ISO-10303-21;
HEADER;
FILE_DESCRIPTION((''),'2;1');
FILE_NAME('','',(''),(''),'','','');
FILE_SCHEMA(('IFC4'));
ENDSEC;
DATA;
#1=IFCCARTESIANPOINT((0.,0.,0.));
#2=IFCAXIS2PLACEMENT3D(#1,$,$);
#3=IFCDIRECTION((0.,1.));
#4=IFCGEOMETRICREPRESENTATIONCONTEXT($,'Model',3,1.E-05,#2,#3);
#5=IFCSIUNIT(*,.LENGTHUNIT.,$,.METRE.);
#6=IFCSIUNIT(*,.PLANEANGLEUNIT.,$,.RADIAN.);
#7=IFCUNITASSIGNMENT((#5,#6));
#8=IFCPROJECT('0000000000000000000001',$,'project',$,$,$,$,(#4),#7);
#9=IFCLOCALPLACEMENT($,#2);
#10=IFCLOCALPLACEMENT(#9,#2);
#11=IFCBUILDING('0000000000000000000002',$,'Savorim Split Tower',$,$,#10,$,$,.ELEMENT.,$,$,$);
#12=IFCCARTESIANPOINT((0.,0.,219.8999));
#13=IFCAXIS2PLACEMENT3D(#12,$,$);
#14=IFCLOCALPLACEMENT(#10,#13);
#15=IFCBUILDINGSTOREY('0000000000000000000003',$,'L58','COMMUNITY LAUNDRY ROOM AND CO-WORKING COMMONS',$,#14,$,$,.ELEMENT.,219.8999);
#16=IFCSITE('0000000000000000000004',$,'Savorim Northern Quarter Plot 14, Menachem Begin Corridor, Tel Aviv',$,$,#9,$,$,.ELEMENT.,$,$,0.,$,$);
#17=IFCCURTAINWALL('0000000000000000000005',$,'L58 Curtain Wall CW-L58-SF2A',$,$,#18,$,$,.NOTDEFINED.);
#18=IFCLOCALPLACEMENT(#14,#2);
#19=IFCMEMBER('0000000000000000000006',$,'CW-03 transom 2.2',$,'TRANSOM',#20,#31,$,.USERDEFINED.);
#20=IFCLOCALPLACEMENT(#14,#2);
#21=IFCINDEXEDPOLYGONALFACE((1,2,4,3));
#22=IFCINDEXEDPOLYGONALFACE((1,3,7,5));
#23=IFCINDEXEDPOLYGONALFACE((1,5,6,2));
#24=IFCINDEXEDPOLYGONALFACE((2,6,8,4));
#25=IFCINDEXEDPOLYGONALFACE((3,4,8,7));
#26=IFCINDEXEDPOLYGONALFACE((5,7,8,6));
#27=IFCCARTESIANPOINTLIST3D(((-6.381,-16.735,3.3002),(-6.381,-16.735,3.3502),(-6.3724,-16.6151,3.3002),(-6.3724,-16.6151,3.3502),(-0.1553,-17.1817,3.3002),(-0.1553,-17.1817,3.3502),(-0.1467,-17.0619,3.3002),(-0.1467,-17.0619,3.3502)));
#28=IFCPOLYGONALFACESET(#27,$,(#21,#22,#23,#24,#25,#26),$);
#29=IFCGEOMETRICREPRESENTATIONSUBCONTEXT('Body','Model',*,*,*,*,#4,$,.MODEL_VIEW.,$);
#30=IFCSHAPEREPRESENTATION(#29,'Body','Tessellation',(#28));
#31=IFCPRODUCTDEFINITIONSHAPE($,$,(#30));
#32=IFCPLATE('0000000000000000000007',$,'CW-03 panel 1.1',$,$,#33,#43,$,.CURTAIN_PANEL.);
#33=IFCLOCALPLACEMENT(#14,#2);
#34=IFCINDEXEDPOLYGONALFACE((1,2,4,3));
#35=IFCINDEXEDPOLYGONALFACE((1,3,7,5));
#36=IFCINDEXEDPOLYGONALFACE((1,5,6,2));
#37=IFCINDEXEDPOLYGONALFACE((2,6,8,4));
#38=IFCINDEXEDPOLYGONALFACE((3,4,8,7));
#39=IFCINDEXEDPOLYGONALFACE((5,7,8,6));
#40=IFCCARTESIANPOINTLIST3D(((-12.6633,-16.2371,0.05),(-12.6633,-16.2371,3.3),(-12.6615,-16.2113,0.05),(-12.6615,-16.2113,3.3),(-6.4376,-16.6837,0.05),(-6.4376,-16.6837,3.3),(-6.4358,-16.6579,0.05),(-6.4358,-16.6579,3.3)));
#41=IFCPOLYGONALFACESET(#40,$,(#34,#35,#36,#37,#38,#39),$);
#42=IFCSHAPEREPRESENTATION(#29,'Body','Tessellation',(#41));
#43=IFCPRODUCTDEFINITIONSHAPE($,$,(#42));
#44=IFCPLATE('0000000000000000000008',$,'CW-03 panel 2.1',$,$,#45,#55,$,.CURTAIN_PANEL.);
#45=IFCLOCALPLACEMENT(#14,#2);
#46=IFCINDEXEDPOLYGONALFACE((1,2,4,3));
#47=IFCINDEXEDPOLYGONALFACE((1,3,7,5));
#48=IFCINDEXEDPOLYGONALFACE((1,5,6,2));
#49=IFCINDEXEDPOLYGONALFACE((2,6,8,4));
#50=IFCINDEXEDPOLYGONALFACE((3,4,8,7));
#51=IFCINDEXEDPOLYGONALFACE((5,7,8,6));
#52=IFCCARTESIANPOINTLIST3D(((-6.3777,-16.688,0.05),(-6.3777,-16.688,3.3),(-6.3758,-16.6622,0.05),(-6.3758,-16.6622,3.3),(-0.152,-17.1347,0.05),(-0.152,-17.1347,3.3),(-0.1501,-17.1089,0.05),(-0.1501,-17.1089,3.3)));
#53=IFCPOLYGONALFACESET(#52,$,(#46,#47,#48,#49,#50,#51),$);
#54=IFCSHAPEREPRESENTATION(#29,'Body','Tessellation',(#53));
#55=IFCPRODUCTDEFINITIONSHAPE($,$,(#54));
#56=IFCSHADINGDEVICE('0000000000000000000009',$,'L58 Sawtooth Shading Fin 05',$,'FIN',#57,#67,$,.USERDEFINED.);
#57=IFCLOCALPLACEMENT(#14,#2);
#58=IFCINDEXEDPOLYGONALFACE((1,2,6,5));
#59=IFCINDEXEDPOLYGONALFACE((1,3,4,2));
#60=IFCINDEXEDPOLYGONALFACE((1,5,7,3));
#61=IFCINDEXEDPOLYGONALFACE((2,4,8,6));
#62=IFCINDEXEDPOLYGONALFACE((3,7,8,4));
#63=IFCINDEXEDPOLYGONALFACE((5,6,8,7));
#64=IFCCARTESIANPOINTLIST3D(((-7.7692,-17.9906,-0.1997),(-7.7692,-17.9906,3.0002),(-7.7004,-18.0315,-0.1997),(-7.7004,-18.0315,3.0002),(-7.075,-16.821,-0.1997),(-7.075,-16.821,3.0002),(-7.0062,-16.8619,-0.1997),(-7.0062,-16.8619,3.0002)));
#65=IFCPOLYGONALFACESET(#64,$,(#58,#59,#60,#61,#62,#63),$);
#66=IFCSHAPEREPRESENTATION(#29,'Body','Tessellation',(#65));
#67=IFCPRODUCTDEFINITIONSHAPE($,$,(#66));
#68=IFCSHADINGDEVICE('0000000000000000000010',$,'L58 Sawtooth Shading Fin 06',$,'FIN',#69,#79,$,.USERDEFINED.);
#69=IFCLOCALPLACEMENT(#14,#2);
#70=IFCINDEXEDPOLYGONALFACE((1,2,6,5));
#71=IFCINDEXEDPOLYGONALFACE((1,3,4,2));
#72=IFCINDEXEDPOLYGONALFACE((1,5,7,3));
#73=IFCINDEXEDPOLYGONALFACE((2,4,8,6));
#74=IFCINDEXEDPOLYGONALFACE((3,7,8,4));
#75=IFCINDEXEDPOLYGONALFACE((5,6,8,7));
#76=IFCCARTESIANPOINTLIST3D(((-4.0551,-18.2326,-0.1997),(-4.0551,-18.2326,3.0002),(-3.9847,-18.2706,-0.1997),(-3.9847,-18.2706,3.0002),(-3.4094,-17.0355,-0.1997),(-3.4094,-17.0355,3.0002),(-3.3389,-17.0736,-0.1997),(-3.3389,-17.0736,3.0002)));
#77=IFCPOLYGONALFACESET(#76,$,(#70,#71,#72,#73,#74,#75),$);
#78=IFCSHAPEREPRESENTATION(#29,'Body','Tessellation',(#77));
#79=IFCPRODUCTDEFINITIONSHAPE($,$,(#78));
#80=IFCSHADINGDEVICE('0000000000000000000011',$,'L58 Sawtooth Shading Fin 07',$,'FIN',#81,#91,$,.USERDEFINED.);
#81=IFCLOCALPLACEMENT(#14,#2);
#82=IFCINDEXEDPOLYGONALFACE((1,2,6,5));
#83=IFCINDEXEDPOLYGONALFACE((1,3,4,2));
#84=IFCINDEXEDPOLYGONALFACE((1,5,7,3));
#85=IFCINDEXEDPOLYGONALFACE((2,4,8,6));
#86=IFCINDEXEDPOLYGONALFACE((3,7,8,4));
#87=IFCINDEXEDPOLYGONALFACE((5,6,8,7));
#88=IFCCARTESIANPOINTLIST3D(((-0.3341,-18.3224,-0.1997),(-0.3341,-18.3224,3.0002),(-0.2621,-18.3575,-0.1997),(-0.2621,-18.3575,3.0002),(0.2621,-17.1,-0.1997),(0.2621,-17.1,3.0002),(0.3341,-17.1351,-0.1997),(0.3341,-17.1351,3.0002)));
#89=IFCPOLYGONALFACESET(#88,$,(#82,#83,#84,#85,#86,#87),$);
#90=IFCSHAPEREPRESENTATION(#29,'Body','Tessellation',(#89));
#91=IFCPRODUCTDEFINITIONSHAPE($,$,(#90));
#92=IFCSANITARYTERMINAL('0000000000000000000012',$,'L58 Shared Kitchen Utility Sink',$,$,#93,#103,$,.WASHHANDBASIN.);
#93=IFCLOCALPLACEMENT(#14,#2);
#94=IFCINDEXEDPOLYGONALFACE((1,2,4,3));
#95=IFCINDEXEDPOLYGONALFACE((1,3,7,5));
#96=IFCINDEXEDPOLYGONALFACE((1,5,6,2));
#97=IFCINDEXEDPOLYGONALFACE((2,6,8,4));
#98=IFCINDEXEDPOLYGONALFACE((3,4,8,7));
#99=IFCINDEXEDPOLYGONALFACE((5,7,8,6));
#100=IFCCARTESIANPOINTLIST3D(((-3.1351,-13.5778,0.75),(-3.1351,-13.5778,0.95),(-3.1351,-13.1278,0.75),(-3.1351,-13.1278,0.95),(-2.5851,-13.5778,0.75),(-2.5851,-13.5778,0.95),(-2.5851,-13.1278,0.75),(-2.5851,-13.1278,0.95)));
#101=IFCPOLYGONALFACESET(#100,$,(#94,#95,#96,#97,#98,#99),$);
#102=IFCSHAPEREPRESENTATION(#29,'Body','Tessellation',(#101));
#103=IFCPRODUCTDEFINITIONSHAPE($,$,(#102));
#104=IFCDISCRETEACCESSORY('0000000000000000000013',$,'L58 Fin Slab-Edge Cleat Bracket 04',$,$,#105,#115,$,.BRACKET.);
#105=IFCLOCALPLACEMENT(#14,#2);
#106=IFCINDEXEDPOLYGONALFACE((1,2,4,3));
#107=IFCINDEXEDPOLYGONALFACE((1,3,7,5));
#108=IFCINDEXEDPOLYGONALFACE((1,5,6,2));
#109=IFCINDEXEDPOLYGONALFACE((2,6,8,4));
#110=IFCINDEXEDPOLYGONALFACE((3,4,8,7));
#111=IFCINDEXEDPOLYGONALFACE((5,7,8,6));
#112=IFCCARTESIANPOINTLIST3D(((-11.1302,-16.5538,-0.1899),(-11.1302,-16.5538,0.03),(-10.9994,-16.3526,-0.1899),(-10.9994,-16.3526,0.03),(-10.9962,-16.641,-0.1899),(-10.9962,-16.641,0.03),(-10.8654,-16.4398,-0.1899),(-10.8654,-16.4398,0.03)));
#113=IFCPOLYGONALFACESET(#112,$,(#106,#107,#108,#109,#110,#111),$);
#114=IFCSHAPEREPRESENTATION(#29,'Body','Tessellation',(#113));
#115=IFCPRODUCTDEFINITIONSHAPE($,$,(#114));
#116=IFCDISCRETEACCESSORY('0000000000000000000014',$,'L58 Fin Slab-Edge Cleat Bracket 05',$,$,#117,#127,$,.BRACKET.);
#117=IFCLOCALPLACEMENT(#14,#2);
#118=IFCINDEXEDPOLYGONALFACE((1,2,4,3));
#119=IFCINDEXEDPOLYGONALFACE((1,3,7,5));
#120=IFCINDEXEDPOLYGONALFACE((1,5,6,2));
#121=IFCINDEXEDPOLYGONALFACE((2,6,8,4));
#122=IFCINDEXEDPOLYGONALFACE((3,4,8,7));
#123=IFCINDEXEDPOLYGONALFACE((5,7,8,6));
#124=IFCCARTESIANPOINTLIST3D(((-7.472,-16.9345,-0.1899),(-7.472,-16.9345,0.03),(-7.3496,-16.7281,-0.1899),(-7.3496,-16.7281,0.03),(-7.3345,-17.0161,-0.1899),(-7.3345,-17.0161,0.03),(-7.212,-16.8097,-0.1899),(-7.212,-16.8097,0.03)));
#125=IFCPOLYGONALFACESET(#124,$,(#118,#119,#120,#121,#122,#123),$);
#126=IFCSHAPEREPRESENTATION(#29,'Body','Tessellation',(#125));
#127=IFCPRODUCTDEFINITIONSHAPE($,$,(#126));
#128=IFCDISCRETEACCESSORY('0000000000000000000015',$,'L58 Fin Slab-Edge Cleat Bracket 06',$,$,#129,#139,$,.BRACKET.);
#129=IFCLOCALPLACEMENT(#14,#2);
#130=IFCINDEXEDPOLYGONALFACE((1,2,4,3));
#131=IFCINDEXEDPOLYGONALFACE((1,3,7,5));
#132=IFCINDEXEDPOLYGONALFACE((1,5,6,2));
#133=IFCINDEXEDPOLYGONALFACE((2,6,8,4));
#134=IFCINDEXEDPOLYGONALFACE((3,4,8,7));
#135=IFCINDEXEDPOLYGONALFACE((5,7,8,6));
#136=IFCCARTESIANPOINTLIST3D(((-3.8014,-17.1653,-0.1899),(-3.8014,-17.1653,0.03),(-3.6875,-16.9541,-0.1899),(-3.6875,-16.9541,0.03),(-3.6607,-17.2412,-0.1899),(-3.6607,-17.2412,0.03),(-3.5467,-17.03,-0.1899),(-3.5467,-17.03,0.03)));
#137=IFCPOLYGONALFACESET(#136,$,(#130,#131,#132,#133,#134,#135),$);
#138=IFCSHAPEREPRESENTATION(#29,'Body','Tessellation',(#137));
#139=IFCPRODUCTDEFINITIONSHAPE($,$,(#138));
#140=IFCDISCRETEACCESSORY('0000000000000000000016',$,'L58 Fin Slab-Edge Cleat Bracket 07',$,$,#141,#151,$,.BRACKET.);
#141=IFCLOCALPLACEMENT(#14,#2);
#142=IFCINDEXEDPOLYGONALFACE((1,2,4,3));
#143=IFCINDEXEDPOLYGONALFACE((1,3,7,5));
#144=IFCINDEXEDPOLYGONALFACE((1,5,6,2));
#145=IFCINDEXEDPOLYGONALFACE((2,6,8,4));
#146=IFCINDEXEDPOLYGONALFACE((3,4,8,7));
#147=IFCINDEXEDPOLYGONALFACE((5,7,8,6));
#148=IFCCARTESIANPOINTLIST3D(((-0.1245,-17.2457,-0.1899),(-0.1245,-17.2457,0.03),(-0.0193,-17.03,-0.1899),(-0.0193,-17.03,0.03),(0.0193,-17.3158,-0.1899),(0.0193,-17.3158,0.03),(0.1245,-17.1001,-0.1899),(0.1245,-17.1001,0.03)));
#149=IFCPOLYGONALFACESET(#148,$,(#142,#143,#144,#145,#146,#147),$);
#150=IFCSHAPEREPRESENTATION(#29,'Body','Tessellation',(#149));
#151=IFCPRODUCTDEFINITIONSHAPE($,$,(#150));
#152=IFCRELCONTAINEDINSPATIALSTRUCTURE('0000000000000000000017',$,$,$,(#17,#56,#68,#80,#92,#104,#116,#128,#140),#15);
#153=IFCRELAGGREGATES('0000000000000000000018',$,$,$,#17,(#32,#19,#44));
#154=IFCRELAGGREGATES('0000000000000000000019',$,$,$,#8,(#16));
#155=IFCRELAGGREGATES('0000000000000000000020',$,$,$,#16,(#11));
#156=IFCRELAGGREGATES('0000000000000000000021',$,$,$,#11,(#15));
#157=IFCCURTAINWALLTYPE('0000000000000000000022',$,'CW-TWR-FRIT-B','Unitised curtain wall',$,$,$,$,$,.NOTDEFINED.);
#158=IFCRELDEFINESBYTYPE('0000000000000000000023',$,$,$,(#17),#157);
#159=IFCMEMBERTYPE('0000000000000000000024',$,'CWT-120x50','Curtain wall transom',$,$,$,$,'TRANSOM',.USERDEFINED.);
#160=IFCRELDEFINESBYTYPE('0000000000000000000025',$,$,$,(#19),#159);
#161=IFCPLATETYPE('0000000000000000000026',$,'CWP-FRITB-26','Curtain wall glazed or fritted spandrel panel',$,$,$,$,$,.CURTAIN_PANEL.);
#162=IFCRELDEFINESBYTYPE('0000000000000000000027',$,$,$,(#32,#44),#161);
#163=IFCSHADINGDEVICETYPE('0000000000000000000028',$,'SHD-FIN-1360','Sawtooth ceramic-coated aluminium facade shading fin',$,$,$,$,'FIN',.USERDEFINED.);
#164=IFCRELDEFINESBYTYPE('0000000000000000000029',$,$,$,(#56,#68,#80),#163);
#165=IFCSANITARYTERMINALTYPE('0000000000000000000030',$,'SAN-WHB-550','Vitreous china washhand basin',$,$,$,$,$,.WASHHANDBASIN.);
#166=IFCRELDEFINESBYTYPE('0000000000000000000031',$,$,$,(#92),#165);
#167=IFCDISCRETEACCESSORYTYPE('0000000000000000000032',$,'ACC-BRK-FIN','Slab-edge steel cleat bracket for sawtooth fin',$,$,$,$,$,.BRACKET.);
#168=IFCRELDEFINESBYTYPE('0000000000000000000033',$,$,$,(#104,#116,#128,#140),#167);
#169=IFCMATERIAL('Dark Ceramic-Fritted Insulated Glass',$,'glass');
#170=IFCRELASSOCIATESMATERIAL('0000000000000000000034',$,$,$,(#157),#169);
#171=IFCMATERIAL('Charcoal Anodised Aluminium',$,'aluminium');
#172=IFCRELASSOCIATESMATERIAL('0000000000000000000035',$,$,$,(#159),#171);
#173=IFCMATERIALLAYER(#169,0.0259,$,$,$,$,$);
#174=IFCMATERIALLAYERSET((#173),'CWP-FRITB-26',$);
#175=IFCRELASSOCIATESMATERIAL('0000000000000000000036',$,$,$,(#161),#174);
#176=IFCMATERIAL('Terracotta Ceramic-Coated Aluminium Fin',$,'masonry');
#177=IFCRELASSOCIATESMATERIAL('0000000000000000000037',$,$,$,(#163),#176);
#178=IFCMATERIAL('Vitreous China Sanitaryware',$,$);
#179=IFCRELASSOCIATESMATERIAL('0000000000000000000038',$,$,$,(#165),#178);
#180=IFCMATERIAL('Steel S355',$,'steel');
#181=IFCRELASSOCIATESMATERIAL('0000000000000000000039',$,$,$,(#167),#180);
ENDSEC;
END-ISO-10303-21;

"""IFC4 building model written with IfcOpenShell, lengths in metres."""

from ifc_helpers import new_model, si_unit, direction, frame, origin, origin_2d, place, context, subcontext, project, spatial, rectangle, extrude, material, layer, layer_set, material_profile, profile_set, type_object, element, aggregate, save


model = new_model("IFC4")

# Units and contexts
model_context = context("Model", 3, precision=1e-05, world=origin(), true_north=direction((0.0, 1.0)))
body_context = subcontext(model_context, "Body", "Model", "MODEL_VIEW")
ifc_project = project(units=[si_unit("LENGTHUNIT", "METRE"), si_unit("PLANEANGLEUNIT", "RADIAN")], contexts=[model_context])

# Site, building, storey
site_placement = place(None, origin())
site = spatial("IfcSite", under=ifc_project, at=site_placement, Name="Savorim Northern Quarter Plot 14, Menachem Begin Corridor, Tel Aviv", CompositionType="ELEMENT", RefElevation=0.0)
building_placement = place(site_placement, origin())
building = spatial("IfcBuilding", under=site, at=building_placement, Name="Savorim Split Tower", CompositionType="ELEMENT")
storey_placement = place(building_placement, frame((0.0, 0.0, 219.8999)))
storey = spatial("IfcBuildingStorey", under=building, at=storey_placement, Name="L58", Description="COMMUNITY LAUNDRY ROOM AND CO-WORKING COMMONS", CompositionType="ELEMENT", Elevation=219.8999)

# Shared definitions
ifc_material_1 = material(Name="Steel S355", Category="steel")

# Curtain wall, member, plates
ifc_material_2 = material(Name="Dark Ceramic-Fritted Insulated Glass", Category="glass")
curtain_wall_type = type_object("IfcCurtainWallType", Name="CW-TWR-FRIT-B", Description="Unitised curtain wall", PredefinedType="NOTDEFINED", material=ifc_material_2)
curtain_wall_placement = place(storey_placement, origin())
curtain_wall = element("IfcCurtainWall", 1, at=curtain_wall_placement, inside=storey, type_object=curtain_wall_type, Name="L58 Curtain Wall CW-L58-SF2A", PredefinedType="NOTDEFINED")
ifc_material_3 = material(Name="Charcoal Anodised Aluminium", Category="aluminium")
ifc_material_profile_1 = material_profile(ifc_material_3, rectangle(XDim=0.1201, YDim=0.05, at=origin_2d()), Name="ALU-T 120x50")
ifc_profile_set_1 = profile_set([ifc_material_profile_1], Name="Charcoal Anodised Aluminium")
member_type_1 = type_object("IfcMemberType", Name="CWT-120x50", Description="Curtain wall transom", ElementType="TRANSOM", PredefinedType="USERDEFINED", material=ifc_profile_set_1)
member_1_placement = place(storey_placement, frame((-6.3767, -16.675, 3.3252), z_axis=(0.997435, -0.071581, 0.0), x_axis=(0.071581, 0.997435, 0.0)))
member_1 = element("IfcMember", 2, at=member_1_placement, type_object=member_type_1, Name="CW-03 transom 2.2", ObjectType="TRANSOM", PredefinedType="USERDEFINED", context=body_context, shape_type="SweptSolid", body=[
    extrude(rectangle(XDim=0.1201, YDim=0.05, at=origin_2d()), origin(), (0.0, 0.0, 1.0), 6.2417),
])
ifc_layer = layer(ifc_material_2, 0.0259)
ifc_layer_set = layer_set([ifc_layer], Name="CWP-FRITB-26")
plate_type = type_object("IfcPlateType", Name="CWP-FRITB-26", Description="Curtain wall glazed or fritted spandrel panel", PredefinedType="CURTAIN_PANEL", material=ifc_layer_set)
plate_1_placement = place(storey_placement, frame((-9.5496, -16.4475, 0.05), z_axis=(0.0, 0.0, 1.0), x_axis=(0.997436, -0.07156, 0.0)))
plate_1 = element("IfcPlate", 3, at=plate_1_placement, type_object=plate_type, Name="CW-03 panel 1.1", PredefinedType="CURTAIN_PANEL", context=body_context, shape_type="SweptSolid", body=[
    extrude(rectangle(XDim=6.2417, YDim=0.0259, at=origin_2d()), origin(), (0.0, 0.0, 1.0), 3.25),
])
plate_2_placement = place(storey_placement, frame((-3.2639, -16.8984, 0.05), z_axis=(0.0, 0.0, 1.0), x_axis=(0.997436, -0.07156, 0.0)))
plate_2 = element("IfcPlate", 4, at=plate_2_placement, type_object=plate_type, Name="CW-03 panel 2.1", PredefinedType="CURTAIN_PANEL", context=body_context, shape_type="SweptSolid", body=[
    extrude(rectangle(XDim=6.2417, YDim=0.0259, at=origin_2d()), origin(), (0.0, 0.0, 1.0), 3.25),
])
aggregate(curtain_wall, [plate_1, member_1, plate_2])

# Shading devices
ifc_material_4 = material(Name="Terracotta Ceramic-Coated Aluminium Fin", Category="masonry")
shading_device_type = type_object("IfcShadingDeviceType", Name="SHD-FIN-1360", Description="Sawtooth ceramic-coated aluminium facade shading fin", ElementType="FIN", PredefinedType="USERDEFINED", material=ifc_material_4)
for number, where, z_axis, x_axis, name in (
    (5, (-7.3877, -17.4263, -0.1997), (0.0, 0.0, 1.0), (-0.510391, -0.859942, 0.0), "L58 Sawtooth Shading Fin 05"),
    (6, (-3.697, -17.6531, -0.1997), (0.0, 0.0, 1.0), (-0.474778, -0.880106, 0.0), "L58 Sawtooth Shading Fin 06"),
    (7, (0.0, -17.7288, -0.1997), (0.0, 0.0, 1.0), (-0.438371, -0.898794, 0.0), "L58 Sawtooth Shading Fin 07"),
):
    element("IfcShadingDevice", number, at=place(storey_placement, frame(where, z_axis=z_axis, x_axis=x_axis)), inside=storey, type_object=shading_device_type, Name=name, ObjectType="FIN", PredefinedType="USERDEFINED", context=body_context, shape_type="SweptSolid", body=[
        extrude(rectangle(XDim=1.3601, YDim=0.0801, at=origin_2d()), origin(), (0.0, 0.0, 1.0), 3.2),
    ])

# Sanitary terminal
ifc_material_5 = material(Name="Vitreous China Sanitaryware")
sanitary_terminal_type = type_object("IfcSanitaryTerminalType", Name="SAN-WHB-550", Description="Vitreous china washhand basin", PredefinedType="WASHHANDBASIN", material=ifc_material_5)
sanitary_terminal_placement = place(storey_placement, frame((-2.8601, -13.3528, 0.75), z_axis=(0.0, 0.0, 1.0), x_axis=(1.0, 0.0, 0.0)))
element("IfcSanitaryTerminal", 8, at=sanitary_terminal_placement, inside=storey, type_object=sanitary_terminal_type, Name="L58 Shared Kitchen Utility Sink", PredefinedType="WASHHANDBASIN", context=body_context, shape_type="SweptSolid", body=[
    extrude(rectangle(XDim=0.55, YDim=0.45, at=origin_2d()), origin(), (0.0, 0.0, 1.0), 0.2),
])

# Discrete accessories
discrete_accessory_type = type_object("IfcDiscreteAccessoryType", Name="ACC-BRK-FIN", Description="Slab-edge steel cleat bracket for sawtooth fin", PredefinedType="BRACKET", material=ifc_material_1)
for number, where, z_axis, x_axis, name in (
    (9, (-10.9978, -16.4968, -0.1899), (0.0, 0.0, 1.0), (-0.545148, -0.83834, 0.0), "L58 Fin Slab-Edge Cleat Bracket 04"),
    (10, (-7.342, -16.8721, -0.1899), (0.0, 0.0, 1.0), (-0.510391, -0.859942, 0.0), "L58 Fin Slab-Edge Cleat Bracket 05"),
    (11, (-3.6741, -17.0977, -0.1899), (0.0, 0.0, 1.0), (-0.474778, -0.880106, 0.0), "L58 Fin Slab-Edge Cleat Bracket 06"),
    (12, (0.0, -17.1729, -0.1899), (0.0, 0.0, 1.0), (-0.438371, -0.898794, 0.0), "L58 Fin Slab-Edge Cleat Bracket 07"),
):
    element("IfcDiscreteAccessory", number, at=place(storey_placement, frame(where, z_axis=z_axis, x_axis=x_axis)), inside=storey, type_object=discrete_accessory_type, Name=name, PredefinedType="BRACKET", context=body_context, shape_type="SweptSolid", body=[
        extrude(rectangle(XDim=0.24, YDim=0.1599, at=origin_2d()), origin(), (0.0, 0.0, 1.0), 0.22),
    ])

save(model, "model.ifc")
